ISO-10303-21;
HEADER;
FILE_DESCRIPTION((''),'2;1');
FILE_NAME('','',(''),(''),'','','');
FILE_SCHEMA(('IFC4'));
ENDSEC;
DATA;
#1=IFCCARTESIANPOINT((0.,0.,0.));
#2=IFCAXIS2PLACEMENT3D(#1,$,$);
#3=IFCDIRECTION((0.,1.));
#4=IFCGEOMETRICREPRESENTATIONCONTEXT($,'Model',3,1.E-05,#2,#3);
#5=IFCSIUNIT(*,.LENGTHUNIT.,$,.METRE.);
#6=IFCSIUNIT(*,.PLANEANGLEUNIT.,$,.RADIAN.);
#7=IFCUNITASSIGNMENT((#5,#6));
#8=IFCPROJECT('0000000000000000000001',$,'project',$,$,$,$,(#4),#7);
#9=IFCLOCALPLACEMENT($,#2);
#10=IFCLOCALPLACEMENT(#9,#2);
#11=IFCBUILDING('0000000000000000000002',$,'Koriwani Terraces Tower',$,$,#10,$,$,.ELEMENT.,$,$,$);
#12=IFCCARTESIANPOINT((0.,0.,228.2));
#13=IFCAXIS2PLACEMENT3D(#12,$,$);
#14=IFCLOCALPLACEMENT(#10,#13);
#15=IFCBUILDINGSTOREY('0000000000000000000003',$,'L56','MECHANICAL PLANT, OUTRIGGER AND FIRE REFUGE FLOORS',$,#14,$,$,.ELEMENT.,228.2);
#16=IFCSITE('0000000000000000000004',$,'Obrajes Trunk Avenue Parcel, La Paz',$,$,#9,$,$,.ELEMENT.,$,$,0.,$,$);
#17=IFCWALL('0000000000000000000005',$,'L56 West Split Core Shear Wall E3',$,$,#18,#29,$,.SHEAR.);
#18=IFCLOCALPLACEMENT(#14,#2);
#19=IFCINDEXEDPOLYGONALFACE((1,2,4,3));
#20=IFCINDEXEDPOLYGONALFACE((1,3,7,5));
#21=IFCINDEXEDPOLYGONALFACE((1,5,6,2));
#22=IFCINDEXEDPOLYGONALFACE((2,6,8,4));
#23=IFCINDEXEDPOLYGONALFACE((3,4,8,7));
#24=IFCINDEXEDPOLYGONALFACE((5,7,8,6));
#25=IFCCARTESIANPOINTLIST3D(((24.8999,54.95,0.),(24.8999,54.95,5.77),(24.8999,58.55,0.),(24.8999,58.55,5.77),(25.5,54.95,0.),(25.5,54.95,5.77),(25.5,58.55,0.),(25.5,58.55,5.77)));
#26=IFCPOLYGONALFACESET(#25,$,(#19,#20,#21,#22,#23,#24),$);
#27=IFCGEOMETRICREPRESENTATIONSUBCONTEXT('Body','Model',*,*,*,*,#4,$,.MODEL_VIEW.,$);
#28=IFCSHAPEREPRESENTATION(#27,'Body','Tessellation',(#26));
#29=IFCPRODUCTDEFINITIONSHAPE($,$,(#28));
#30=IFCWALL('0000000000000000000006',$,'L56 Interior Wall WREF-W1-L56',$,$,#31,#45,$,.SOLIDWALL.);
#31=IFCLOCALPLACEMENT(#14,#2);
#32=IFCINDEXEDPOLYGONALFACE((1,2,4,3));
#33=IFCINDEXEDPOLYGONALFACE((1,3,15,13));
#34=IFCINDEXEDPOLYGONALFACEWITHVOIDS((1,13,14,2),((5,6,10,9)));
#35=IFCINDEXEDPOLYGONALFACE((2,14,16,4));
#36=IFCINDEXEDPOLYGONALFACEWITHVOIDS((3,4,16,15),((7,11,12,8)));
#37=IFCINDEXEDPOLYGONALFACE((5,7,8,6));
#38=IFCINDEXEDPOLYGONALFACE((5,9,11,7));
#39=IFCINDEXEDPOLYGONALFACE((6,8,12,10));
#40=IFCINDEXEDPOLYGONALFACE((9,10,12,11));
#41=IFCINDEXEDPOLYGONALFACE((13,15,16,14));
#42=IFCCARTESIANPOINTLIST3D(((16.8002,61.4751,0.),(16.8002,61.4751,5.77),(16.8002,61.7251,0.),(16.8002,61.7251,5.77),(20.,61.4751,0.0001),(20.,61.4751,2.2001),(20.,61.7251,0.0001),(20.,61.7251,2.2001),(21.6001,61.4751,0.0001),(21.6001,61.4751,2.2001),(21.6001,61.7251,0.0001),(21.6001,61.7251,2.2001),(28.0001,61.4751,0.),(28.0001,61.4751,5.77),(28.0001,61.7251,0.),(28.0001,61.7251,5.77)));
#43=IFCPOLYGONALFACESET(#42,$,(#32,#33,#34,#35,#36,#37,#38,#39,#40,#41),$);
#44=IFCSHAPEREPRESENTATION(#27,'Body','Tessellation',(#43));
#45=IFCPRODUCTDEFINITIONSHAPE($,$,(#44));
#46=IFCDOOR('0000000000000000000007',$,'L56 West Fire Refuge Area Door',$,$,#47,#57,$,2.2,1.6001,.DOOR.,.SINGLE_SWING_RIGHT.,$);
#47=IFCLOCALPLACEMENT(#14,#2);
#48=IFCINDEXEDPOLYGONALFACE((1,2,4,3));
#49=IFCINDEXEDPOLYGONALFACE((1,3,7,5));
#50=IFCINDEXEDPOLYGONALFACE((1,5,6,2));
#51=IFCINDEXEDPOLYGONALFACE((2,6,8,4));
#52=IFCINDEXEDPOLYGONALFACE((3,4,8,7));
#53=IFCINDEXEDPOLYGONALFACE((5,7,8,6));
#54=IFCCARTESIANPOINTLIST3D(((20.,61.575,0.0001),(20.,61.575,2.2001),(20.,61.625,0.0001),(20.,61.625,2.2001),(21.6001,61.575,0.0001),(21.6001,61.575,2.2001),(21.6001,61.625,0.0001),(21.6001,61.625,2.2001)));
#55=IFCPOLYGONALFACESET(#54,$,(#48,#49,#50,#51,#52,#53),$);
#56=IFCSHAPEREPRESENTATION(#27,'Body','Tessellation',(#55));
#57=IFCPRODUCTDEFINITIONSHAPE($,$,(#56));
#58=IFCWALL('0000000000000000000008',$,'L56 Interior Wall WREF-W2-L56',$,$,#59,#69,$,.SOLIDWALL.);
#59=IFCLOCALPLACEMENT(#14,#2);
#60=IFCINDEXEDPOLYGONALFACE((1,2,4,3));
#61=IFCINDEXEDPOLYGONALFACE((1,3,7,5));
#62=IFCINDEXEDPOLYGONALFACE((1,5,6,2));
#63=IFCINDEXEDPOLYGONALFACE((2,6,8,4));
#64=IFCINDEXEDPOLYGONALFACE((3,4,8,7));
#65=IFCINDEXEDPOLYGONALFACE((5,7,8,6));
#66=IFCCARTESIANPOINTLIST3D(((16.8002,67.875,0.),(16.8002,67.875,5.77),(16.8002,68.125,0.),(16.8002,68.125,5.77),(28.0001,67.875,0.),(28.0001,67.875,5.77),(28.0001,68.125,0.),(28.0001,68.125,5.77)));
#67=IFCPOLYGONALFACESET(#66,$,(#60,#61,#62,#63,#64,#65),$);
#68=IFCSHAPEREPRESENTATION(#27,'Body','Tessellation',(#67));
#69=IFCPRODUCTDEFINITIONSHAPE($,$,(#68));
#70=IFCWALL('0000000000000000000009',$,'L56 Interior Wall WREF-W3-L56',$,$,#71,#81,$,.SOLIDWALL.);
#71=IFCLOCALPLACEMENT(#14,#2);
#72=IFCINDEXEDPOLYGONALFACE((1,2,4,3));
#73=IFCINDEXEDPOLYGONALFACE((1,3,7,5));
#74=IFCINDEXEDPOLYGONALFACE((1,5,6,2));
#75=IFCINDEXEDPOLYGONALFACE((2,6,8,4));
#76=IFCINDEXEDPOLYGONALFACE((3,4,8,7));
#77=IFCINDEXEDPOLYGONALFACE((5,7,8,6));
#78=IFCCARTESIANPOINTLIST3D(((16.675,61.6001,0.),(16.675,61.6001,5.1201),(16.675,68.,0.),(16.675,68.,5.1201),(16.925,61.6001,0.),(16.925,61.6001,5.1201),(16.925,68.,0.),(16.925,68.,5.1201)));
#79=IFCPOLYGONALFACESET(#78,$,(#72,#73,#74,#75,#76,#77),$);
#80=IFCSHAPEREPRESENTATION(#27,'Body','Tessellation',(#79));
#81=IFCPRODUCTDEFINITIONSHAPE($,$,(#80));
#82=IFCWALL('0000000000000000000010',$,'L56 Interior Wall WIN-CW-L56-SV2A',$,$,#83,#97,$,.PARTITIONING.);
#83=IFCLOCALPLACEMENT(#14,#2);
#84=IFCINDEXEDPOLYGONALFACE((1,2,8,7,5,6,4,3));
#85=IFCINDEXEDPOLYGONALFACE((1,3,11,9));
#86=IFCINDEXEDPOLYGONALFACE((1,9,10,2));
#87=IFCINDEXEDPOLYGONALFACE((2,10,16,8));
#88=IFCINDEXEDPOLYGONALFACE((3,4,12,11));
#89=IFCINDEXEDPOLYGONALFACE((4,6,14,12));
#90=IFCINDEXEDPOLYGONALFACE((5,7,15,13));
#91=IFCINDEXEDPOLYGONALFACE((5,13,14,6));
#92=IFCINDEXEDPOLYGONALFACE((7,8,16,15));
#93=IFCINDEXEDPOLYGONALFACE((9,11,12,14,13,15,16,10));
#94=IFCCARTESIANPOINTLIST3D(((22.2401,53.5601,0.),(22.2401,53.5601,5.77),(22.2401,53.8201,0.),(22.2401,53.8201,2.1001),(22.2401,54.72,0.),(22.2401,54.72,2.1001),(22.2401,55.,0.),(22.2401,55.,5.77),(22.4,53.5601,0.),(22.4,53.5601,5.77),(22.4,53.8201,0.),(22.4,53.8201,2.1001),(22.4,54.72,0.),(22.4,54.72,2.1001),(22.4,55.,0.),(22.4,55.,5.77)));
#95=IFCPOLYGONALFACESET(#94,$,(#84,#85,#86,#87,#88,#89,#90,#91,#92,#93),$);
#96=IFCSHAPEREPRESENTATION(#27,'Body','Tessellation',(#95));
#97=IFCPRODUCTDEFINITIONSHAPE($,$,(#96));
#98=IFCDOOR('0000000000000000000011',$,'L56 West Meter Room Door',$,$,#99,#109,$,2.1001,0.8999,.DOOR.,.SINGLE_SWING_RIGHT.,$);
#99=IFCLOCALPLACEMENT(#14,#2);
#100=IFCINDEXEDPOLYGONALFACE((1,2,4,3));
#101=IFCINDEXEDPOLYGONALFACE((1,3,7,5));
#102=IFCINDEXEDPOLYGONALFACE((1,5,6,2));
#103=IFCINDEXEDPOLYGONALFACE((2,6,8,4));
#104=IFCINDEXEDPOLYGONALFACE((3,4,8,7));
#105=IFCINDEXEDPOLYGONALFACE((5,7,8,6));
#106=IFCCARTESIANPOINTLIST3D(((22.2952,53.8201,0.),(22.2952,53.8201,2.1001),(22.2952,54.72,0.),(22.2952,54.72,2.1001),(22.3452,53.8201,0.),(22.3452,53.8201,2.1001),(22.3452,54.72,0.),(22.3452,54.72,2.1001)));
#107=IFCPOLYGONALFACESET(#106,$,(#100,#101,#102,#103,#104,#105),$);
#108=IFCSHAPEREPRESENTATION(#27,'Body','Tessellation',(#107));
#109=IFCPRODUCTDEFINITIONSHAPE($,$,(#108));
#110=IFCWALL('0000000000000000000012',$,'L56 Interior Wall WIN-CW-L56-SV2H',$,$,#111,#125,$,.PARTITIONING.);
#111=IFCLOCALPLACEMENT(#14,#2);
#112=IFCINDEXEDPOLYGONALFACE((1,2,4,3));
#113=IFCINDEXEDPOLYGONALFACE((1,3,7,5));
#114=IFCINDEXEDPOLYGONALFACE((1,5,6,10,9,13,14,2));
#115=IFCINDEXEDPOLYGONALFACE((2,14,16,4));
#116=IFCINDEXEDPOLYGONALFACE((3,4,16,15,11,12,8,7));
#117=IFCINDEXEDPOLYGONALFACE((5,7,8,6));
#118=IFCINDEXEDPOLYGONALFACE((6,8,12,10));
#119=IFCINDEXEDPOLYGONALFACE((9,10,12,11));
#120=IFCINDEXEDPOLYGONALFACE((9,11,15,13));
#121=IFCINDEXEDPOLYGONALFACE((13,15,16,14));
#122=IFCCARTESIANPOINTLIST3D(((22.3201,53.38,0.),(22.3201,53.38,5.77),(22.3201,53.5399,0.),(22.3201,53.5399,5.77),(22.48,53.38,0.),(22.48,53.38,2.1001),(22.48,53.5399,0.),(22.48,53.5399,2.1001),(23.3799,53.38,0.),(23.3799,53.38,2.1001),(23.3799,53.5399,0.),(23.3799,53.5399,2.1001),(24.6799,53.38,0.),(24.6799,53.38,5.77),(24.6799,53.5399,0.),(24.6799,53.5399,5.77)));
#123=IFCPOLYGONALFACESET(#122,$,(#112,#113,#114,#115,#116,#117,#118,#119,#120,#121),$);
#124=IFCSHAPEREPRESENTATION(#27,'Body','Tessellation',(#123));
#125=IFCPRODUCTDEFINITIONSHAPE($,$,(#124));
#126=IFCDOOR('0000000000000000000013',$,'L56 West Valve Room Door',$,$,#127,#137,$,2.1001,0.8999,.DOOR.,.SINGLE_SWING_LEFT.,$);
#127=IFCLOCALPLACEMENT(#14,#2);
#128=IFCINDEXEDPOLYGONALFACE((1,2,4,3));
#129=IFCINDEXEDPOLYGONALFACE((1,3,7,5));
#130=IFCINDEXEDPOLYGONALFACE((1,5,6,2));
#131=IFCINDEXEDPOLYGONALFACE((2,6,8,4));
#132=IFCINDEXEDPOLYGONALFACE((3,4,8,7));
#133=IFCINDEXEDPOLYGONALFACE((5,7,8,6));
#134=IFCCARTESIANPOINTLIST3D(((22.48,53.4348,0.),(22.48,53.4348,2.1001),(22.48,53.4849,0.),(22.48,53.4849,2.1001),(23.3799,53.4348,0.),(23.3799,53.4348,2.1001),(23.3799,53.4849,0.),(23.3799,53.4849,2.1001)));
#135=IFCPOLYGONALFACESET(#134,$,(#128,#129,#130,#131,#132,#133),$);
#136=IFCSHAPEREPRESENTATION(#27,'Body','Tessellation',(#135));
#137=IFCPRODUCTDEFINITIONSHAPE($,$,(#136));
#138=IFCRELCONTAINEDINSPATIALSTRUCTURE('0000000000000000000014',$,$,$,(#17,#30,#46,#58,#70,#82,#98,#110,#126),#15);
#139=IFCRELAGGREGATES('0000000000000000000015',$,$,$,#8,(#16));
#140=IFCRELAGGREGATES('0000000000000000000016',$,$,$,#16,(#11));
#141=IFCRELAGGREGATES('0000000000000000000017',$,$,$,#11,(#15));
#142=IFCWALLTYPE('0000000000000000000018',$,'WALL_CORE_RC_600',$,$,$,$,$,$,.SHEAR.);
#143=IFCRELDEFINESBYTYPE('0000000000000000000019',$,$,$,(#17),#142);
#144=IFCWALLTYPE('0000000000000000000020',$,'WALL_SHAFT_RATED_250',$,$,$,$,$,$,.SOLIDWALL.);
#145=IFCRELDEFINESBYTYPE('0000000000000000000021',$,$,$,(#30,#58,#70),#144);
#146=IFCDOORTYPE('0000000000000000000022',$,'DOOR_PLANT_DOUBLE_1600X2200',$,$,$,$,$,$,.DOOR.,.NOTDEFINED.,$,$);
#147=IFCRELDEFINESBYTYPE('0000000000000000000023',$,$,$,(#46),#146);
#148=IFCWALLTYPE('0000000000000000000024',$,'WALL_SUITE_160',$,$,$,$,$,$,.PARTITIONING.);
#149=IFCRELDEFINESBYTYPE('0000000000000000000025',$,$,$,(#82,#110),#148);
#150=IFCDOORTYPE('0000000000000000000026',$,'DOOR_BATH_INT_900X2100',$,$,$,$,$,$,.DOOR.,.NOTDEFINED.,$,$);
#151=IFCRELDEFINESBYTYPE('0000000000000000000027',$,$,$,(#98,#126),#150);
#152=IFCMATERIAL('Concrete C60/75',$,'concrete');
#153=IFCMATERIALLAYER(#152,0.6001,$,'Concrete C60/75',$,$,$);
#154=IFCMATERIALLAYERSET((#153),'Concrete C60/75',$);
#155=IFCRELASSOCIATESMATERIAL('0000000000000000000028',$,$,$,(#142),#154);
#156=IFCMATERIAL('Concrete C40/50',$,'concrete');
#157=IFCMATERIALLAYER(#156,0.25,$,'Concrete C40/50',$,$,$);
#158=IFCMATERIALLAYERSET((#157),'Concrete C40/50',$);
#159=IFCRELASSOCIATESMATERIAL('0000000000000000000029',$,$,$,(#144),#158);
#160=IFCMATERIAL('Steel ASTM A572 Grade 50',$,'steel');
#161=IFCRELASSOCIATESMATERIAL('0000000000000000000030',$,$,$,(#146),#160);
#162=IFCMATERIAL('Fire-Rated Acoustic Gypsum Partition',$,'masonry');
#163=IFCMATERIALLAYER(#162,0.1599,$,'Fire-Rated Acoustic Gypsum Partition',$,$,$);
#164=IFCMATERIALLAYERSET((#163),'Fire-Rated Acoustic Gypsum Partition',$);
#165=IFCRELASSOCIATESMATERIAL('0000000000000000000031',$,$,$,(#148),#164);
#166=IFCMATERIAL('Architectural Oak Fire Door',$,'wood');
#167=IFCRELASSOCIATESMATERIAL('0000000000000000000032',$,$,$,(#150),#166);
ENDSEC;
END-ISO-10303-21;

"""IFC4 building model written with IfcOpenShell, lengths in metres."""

from ifc_helpers import new_model, si_unit, direction, frame, frame_2d, origin, place, context, subcontext, project, spatial, rectangle, extrude, material, layer, layer_set, type_object, element, fill, save


model = new_model("IFC4")

# Units and contexts
model_context = context("Model", 3, precision=1e-05, world=origin(), true_north=direction((0.0, 1.0)))
body_context = subcontext(model_context, "Body", "Model", "MODEL_VIEW")
ifc_project = project(units=[si_unit("LENGTHUNIT", "METRE"), si_unit("PLANEANGLEUNIT", "RADIAN")], contexts=[model_context])

# Site, building, storey
site_placement = place(None, origin())
site = spatial("IfcSite", under=ifc_project, at=site_placement, Name="Obrajes Trunk Avenue Parcel, La Paz", CompositionType="ELEMENT", RefElevation=0.0)
building_placement = place(site_placement, origin())
building = spatial("IfcBuilding", under=site, at=building_placement, Name="Koriwani Terraces Tower", CompositionType="ELEMENT")
storey_placement = place(building_placement, frame((0.0, 0.0, 228.2)))
storey = spatial("IfcBuildingStorey", under=building, at=storey_placement, Name="L56", Description="MECHANICAL PLANT, OUTRIGGER AND FIRE REFUGE FLOORS", CompositionType="ELEMENT", Elevation=228.2)

# Shared definitions
ifc_material_1 = material(Name="Concrete C60/75", Category="concrete")
ifc_material_2 = material(Name="Concrete C40/50", Category="concrete")
ifc_material_3 = material(Name="Steel ASTM A572 Grade 50", Category="steel")

# Wall
ifc_layer_1 = layer(ifc_material_1, 0.6001, Name="Concrete C60/75")
ifc_layer_set_1 = layer_set([ifc_layer_1], Name="Concrete C60/75")
wall_type_1 = type_object("IfcWallType", Name="WALL_CORE_RC_600", PredefinedType="SHEAR", material=ifc_layer_set_1)
wall_1_placement = place(storey_placement, frame((25.2, 54.95, 0.0), z_axis=(0.0, 0.0, 1.0), x_axis=(0.0, 1.0, 0.0)))
element("IfcWall", 1, at=wall_1_placement, inside=storey, type_object=wall_type_1, Name="L56 West Split Core Shear Wall E3", PredefinedType="SHEAR", context=body_context, shape_type="SweptSolid", body=[
    extrude(rectangle(XDim=3.6001, YDim=0.6001, at=frame_2d((1.8, 0.0))), origin(), (0.0, 0.0, 1.0), 5.77),
])

# Wall, opening, door
ifc_layer_2 = layer(ifc_material_2, 0.25, Name="Concrete C40/50")
ifc_layer_set_2 = layer_set([ifc_layer_2], Name="Concrete C40/50")
wall_type_2 = type_object("IfcWallType", Name="WALL_SHAFT_RATED_250", PredefinedType="SOLIDWALL", material=ifc_layer_set_2)
wall_2_placement = place(storey_placement, frame((16.8, 61.6001, 0.0), z_axis=(0.0, 0.0, 1.0), x_axis=(1.0, 0.0, 0.0)))
wall_2 = element("IfcWall", 2, at=wall_2_placement, inside=storey, type_object=wall_type_2, Name="L56 Interior Wall WREF-W1-L56", PredefinedType="SOLIDWALL", context=body_context, shape_type="SweptSolid", body=[
    extrude(rectangle(XDim=11.2, YDim=0.25, at=frame_2d((5.6001, 0.0))), origin(), (0.0, 0.0, 1.0), 5.77),
])
opening_1_placement = place(wall_2_placement, frame((3.2, 0.0, 0.0)))
opening_1 = element("IfcOpeningElement", 3, at=opening_1_placement, cuts=wall_2, PredefinedType="OPENING", context=body_context, shape_type="SweptSolid", body=[
    extrude(rectangle(XDim=1.6001, YDim=2.2, at=frame_2d((0.8, 1.1001))), frame((0.0, 0.135, 0.0), z_axis=(0.0, -1.0, 0.0), x_axis=(1.0, 0.0, 0.0)), (0.0, 0.0, 1.0), 0.27),
])
door_type_1 = type_object("IfcDoorType", Name="DOOR_PLANT_DOUBLE_1600X2200", OperationType="NOTDEFINED", PredefinedType="DOOR", material=ifc_material_3)
door_1_placement = place(opening_1_placement, origin())
door_1 = element("IfcDoor", 4, at=door_1_placement, inside=storey, type_object=door_type_1, Name="L56 West Fire Refuge Area Door", OperationType="SINGLE_SWING_RIGHT", OverallHeight=2.2, OverallWidth=1.6001, PredefinedType="DOOR", context=body_context, shape_type="SweptSolid", body=[
    extrude(rectangle(XDim=1.6001, YDim=2.2, at=frame_2d((0.8, 1.1001))), frame((0.0, 0.0249, 0.0), z_axis=(0.0, -1.0, 0.0), x_axis=(1.0, 0.0, 0.0)), (0.0, 0.0, 1.0), 0.05),
])
fill(opening_1, door_1)

# Walls
wall_3_placement = place(storey_placement, frame((16.8, 68.0, 0.0), z_axis=(0.0, 0.0, 1.0), x_axis=(1.0, 0.0, 0.0)))
element("IfcWall", 5, at=wall_3_placement, inside=storey, type_object=wall_type_2, Name="L56 Interior Wall WREF-W2-L56", PredefinedType="SOLIDWALL", context=body_context, shape_type="SweptSolid", body=[
    extrude(rectangle(XDim=11.2, YDim=0.25, at=frame_2d((5.6001, 0.0))), origin(), (0.0, 0.0, 1.0), 5.77),
])
wall_4_placement = place(storey_placement, frame((16.8, 61.6001, 0.0), z_axis=(0.0, 0.0, 1.0), x_axis=(0.0, 1.0, 0.0)))
element("IfcWall", 6, at=wall_4_placement, inside=storey, type_object=wall_type_2, Name="L56 Interior Wall WREF-W3-L56", PredefinedType="SOLIDWALL", context=body_context, shape_type="SweptSolid", body=[
    extrude(rectangle(XDim=6.3999, YDim=0.25, at=frame_2d((3.2, 0.0))), origin(), (0.0, 0.0, 1.0), 5.1201),
])

# Walls, openings, doors
ifc_material_4 = material(Name="Fire-Rated Acoustic Gypsum Partition", Category="masonry")
ifc_layer_3 = layer(ifc_material_4, 0.1599, Name="Fire-Rated Acoustic Gypsum Partition")
ifc_layer_set_3 = layer_set([ifc_layer_3], Name="Fire-Rated Acoustic Gypsum Partition")
wall_type_3 = type_object("IfcWallType", Name="WALL_SUITE_160", PredefinedType="PARTITIONING", material=ifc_layer_set_3)
wall_5_placement = place(storey_placement, frame((22.3201, 53.5601, 0.0), z_axis=(0.0, 0.0, 1.0), x_axis=(0.0, 1.0, 0.0)))
wall_5 = element("IfcWall", 7, at=wall_5_placement, inside=storey, type_object=wall_type_3, Name="L56 Interior Wall WIN-CW-L56-SV2A", PredefinedType="PARTITIONING", context=body_context, shape_type="SweptSolid", body=[
    extrude(rectangle(XDim=1.4399, YDim=0.1599, at=frame_2d((0.72, 0.0))), origin(), (0.0, 0.0, 1.0), 5.77),
])
opening_2_placement = place(wall_5_placement, frame((0.26, 0.0, 0.0)))
opening_2 = element("IfcOpeningElement", 8, at=opening_2_placement, cuts=wall_5, PredefinedType="OPENING", context=body_context, shape_type="SweptSolid", body=[
    extrude(rectangle(XDim=0.8999, YDim=2.1001, at=frame_2d((0.45, 1.05))), frame((0.0, 0.0898, 0.0), z_axis=(0.0, -1.0, 0.0), x_axis=(1.0, 0.0, 0.0)), (0.0, 0.0, 1.0), 0.1799),
])
ifc_material_5 = material(Name="Architectural Oak Fire Door", Category="wood")
door_type_2 = type_object("IfcDoorType", Name="DOOR_BATH_INT_900X2100", OperationType="NOTDEFINED", PredefinedType="DOOR", material=ifc_material_5)
door_2_placement = place(opening_2_placement, origin())
door_2 = element("IfcDoor", 9, at=door_2_placement, inside=storey, type_object=door_type_2, Name="L56 West Meter Room Door", OperationType="SINGLE_SWING_RIGHT", OverallHeight=2.1001, OverallWidth=0.8999, PredefinedType="DOOR", context=body_context, shape_type="SweptSolid", body=[
    extrude(rectangle(XDim=0.8999, YDim=2.1001, at=frame_2d((0.45, 1.05))), frame((0.0, 0.0249, 0.0), z_axis=(0.0, -1.0, 0.0), x_axis=(1.0, 0.0, 0.0)), (0.0, 0.0, 1.0), 0.05),
])
fill(opening_2, door_2)
wall_6_placement = place(storey_placement, frame((22.3201, 53.46, 0.0), z_axis=(0.0, 0.0, 1.0), x_axis=(1.0, 0.0, 0.0)))
wall_6 = element("IfcWall", 10, at=wall_6_placement, inside=storey, type_object=wall_type_3, Name="L56 Interior Wall WIN-CW-L56-SV2H", PredefinedType="PARTITIONING", context=body_context, shape_type="SweptSolid", body=[
    extrude(rectangle(XDim=2.3599, YDim=0.1599, at=frame_2d((1.1799, 0.0))), origin(), (0.0, 0.0, 1.0), 5.77),
])
opening_3_placement = place(wall_6_placement, frame((0.1599, 0.0, 0.0)))
opening_3 = element("IfcOpeningElement", 11, at=opening_3_placement, cuts=wall_6, PredefinedType="OPENING", context=body_context, shape_type="SweptSolid", body=[
    extrude(rectangle(XDim=0.8999, YDim=2.1001, at=frame_2d((0.45, 1.05))), frame((0.0, 0.0898, 0.0), z_axis=(0.0, -1.0, 0.0), x_axis=(1.0, 0.0, 0.0)), (0.0, 0.0, 1.0), 0.1799),
])
door_3_placement = place(opening_3_placement, origin())
door_3 = element("IfcDoor", 12, at=door_3_placement, inside=storey, type_object=door_type_2, Name="L56 West Valve Room Door", OperationType="SINGLE_SWING_LEFT", OverallHeight=2.1001, OverallWidth=0.8999, PredefinedType="DOOR", context=body_context, shape_type="SweptSolid", body=[
    extrude(rectangle(XDim=0.8999, YDim=2.1001, at=frame_2d((0.45, 1.05))), frame((0.0, 0.0249, 0.0), z_axis=(0.0, -1.0, 0.0), x_axis=(1.0, 0.0, 0.0)), (0.0, 0.0, 1.0), 0.05),
])
fill(opening_3, door_3)

save(model, "model.ifc")
